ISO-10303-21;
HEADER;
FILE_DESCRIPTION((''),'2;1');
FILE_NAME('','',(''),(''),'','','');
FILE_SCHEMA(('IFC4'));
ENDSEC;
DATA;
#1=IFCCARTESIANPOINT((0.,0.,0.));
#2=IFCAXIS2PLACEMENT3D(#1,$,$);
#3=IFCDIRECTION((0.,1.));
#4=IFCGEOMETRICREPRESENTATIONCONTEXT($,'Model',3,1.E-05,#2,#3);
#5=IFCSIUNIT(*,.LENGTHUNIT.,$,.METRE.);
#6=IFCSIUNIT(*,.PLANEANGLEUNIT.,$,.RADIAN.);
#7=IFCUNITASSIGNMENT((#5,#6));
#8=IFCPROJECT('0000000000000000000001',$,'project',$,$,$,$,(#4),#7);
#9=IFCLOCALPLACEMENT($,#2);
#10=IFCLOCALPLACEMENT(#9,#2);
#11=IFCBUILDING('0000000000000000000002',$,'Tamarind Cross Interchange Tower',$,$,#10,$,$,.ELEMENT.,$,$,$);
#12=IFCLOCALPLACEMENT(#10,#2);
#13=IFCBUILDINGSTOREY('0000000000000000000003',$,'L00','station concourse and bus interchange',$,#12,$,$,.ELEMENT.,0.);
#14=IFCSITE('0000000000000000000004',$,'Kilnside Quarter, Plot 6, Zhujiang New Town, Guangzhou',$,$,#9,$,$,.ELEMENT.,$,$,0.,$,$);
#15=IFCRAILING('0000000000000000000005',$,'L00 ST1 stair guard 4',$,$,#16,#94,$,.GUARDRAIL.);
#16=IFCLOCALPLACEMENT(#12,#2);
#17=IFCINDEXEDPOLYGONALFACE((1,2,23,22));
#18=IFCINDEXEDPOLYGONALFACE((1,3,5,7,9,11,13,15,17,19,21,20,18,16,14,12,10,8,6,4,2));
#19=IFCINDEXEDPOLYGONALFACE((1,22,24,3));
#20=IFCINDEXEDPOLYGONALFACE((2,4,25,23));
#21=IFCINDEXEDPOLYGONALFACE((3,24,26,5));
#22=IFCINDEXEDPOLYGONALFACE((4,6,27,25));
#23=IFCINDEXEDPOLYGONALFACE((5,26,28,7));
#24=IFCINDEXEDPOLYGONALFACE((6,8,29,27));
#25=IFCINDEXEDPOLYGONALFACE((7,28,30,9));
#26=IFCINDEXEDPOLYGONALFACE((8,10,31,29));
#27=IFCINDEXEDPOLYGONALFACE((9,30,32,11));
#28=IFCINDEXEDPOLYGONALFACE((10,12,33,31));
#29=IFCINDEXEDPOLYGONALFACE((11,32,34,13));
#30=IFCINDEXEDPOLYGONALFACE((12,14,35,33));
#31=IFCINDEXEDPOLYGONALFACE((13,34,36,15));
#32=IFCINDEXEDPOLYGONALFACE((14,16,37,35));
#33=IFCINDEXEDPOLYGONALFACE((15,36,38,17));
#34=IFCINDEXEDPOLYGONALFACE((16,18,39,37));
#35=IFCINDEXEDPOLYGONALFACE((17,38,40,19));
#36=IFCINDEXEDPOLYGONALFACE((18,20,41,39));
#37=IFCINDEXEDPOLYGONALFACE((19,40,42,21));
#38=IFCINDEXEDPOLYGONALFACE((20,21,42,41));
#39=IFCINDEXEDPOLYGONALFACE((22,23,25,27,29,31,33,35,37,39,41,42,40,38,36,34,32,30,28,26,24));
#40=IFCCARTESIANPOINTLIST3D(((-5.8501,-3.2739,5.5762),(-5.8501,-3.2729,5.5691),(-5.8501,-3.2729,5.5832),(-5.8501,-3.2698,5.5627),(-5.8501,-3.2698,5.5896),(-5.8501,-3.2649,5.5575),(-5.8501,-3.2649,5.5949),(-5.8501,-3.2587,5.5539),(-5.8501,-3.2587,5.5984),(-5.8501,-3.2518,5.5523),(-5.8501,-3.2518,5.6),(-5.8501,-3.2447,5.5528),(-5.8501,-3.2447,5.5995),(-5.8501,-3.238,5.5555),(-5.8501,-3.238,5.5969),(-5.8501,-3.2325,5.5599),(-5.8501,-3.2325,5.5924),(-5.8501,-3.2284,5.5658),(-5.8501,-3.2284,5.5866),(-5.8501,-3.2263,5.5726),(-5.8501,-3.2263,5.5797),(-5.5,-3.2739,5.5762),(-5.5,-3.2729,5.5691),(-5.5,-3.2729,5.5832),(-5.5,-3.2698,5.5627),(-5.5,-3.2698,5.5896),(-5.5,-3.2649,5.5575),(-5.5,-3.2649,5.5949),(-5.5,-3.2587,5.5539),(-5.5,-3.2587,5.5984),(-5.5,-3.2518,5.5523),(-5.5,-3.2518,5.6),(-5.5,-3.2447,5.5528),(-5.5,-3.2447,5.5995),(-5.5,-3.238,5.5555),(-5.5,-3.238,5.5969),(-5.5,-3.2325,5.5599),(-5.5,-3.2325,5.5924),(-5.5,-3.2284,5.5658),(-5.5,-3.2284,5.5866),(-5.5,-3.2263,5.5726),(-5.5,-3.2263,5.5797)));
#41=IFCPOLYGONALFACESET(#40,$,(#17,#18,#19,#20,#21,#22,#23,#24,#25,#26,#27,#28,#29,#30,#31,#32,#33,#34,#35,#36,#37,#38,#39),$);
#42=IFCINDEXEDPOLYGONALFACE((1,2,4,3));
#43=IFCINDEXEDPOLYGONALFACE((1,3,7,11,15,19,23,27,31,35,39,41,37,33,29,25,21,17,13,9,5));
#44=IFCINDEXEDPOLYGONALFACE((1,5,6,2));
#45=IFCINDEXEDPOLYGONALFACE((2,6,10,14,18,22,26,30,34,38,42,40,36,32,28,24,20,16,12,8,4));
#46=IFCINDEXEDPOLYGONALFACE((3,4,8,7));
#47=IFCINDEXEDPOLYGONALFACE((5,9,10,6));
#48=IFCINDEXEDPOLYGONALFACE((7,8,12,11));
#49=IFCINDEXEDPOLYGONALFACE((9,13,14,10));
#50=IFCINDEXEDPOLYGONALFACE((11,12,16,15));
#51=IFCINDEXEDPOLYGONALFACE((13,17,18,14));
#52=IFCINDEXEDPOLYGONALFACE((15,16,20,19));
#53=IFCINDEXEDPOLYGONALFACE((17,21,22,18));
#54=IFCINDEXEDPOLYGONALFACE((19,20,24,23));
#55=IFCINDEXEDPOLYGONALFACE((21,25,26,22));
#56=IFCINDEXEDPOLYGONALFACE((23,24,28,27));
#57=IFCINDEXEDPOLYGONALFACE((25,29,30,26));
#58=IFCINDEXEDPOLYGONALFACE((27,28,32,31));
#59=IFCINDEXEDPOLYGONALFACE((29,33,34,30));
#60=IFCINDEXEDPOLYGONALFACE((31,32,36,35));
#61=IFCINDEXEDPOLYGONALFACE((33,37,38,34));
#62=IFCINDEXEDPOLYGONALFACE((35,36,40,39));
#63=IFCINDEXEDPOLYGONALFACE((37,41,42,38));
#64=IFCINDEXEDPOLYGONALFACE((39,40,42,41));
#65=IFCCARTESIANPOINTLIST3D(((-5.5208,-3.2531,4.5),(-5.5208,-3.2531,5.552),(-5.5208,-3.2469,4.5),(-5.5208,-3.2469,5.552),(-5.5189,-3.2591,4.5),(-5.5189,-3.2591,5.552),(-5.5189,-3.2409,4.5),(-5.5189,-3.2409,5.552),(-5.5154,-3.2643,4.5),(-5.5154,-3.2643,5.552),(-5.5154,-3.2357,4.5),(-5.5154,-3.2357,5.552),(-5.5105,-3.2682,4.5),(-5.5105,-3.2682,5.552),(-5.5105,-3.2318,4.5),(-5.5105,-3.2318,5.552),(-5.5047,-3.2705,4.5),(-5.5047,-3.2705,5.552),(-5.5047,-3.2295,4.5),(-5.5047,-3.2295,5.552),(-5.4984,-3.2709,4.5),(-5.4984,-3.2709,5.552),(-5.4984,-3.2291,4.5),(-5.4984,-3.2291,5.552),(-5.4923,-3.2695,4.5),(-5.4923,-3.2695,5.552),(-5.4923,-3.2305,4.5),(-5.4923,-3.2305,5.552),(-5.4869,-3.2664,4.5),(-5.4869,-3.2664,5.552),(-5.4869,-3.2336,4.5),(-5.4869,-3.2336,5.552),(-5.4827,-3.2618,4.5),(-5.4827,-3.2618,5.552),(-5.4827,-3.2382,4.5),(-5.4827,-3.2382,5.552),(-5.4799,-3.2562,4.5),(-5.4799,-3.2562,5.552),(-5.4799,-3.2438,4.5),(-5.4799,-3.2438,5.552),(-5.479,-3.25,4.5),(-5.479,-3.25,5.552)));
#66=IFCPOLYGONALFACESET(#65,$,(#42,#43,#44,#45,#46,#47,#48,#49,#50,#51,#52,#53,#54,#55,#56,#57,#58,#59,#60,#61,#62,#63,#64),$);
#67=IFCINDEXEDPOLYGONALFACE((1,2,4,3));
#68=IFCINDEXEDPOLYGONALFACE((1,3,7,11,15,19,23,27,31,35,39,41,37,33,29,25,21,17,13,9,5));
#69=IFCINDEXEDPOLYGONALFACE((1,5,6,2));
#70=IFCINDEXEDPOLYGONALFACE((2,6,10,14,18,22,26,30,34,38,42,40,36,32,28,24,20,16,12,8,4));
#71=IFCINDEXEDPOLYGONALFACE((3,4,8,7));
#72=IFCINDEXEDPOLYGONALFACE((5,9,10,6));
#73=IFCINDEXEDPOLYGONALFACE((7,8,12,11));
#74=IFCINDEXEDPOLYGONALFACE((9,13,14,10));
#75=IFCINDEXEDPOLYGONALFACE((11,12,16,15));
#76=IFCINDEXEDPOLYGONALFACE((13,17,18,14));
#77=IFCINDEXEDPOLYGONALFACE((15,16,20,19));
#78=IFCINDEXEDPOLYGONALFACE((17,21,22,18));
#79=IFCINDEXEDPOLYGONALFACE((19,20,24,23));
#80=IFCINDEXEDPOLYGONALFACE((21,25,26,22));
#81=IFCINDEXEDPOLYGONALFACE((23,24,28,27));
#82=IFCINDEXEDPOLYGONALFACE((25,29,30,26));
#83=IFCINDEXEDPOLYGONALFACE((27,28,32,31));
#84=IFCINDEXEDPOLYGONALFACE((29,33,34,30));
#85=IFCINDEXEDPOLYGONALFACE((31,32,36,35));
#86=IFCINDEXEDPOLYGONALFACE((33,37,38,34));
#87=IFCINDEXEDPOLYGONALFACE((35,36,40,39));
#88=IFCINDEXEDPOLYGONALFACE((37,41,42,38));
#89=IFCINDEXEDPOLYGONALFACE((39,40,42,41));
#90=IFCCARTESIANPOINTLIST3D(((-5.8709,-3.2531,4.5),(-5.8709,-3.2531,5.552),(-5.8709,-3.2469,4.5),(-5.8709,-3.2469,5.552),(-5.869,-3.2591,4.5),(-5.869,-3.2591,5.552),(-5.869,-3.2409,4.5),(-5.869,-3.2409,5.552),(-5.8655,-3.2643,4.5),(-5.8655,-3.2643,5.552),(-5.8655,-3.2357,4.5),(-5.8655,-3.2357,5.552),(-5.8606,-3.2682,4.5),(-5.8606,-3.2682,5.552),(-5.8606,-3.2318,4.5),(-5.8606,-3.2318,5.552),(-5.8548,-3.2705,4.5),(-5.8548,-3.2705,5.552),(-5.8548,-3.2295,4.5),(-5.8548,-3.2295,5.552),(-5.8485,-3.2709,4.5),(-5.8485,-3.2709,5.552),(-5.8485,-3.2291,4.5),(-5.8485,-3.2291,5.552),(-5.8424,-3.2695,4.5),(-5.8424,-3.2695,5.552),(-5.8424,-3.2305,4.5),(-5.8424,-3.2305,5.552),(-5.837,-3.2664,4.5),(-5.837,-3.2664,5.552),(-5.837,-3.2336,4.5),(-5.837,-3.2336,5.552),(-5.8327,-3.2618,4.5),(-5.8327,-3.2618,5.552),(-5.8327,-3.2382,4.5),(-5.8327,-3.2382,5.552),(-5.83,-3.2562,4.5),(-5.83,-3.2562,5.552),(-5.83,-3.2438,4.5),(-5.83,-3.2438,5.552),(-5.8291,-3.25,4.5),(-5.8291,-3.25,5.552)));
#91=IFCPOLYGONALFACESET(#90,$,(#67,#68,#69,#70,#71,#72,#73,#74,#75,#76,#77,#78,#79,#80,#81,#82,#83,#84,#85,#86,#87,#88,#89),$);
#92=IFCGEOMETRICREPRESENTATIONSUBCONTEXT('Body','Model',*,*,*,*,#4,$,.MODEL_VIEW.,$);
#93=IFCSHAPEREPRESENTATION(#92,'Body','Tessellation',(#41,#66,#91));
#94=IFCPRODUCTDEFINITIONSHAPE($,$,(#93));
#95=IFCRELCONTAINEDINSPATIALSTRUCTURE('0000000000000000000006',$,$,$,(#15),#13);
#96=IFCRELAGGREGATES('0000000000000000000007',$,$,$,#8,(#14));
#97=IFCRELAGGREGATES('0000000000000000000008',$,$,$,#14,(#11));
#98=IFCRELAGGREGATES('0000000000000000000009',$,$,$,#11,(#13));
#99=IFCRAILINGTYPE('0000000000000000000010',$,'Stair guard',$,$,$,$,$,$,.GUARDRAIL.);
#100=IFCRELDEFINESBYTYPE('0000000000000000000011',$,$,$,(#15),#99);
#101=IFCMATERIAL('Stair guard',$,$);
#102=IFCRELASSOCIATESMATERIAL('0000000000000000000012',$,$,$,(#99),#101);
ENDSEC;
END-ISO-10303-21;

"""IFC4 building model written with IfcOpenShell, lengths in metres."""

from ifc_helpers import new_model, si_unit, direction, frame, origin, origin_2d, place, context, subcontext, project, spatial, circle, extrude, material, type_object, element, save


model = new_model("IFC4")

# Units and contexts
model_context = context("Model", 3, precision=1e-05, world=origin(), true_north=direction((0.0, 1.0)))
body_context = subcontext(model_context, "Body", "Model", "MODEL_VIEW")
ifc_project = project(units=[si_unit("LENGTHUNIT", "METRE"), si_unit("PLANEANGLEUNIT", "RADIAN")], contexts=[model_context])

# Site, building, storey
site_placement = place(None, origin())
site = spatial("IfcSite", under=ifc_project, at=site_placement, Name="Kilnside Quarter, Plot 6, Zhujiang New Town, Guangzhou", CompositionType="ELEMENT", RefElevation=0.0)
building_placement = place(site_placement, origin())
building = spatial("IfcBuilding", under=site, at=building_placement, Name="Tamarind Cross Interchange Tower", CompositionType="ELEMENT")
storey_placement = place(building_placement, origin())
storey = spatial("IfcBuildingStorey", under=building, at=storey_placement, Name="L00", Description="station concourse and bus interchange", CompositionType="ELEMENT", Elevation=0.0)

# Railing
ifc_material_1 = material(Name="Stair guard")
railing_type_1 = type_object("IfcRailingType", Name="Stair guard", PredefinedType="GUARDRAIL", material=ifc_material_1)
railing_1_placement = place(storey_placement, frame((-5.5, -3.25, 4.5)))
element("IfcRailing", 1, at=railing_1_placement, inside=storey, type_object=railing_type_1, Name="L00 ST1 stair guard 4", PredefinedType="GUARDRAIL", context=body_context, shape_type="SweptSolid", body=[
    extrude(circle(Radius=0.0239, at=origin_2d()), frame((0.0, 0.0, 1.0762), z_axis=(-1.0, 0.0, 0.0), x_axis=(0.0, -1.0, 0.0)), (0.0, 0.0, 1.0), 0.3501),
    extrude(circle(Radius=0.021, at=origin_2d()), origin(), (0.0, 0.0, 1.0), 1.052),
    extrude(circle(Radius=0.021, at=origin_2d()), frame((-0.3501, 0.0, 0.0)), (0.0, 0.0, 1.0), 1.052),
])

save(model, "model.ifc")
